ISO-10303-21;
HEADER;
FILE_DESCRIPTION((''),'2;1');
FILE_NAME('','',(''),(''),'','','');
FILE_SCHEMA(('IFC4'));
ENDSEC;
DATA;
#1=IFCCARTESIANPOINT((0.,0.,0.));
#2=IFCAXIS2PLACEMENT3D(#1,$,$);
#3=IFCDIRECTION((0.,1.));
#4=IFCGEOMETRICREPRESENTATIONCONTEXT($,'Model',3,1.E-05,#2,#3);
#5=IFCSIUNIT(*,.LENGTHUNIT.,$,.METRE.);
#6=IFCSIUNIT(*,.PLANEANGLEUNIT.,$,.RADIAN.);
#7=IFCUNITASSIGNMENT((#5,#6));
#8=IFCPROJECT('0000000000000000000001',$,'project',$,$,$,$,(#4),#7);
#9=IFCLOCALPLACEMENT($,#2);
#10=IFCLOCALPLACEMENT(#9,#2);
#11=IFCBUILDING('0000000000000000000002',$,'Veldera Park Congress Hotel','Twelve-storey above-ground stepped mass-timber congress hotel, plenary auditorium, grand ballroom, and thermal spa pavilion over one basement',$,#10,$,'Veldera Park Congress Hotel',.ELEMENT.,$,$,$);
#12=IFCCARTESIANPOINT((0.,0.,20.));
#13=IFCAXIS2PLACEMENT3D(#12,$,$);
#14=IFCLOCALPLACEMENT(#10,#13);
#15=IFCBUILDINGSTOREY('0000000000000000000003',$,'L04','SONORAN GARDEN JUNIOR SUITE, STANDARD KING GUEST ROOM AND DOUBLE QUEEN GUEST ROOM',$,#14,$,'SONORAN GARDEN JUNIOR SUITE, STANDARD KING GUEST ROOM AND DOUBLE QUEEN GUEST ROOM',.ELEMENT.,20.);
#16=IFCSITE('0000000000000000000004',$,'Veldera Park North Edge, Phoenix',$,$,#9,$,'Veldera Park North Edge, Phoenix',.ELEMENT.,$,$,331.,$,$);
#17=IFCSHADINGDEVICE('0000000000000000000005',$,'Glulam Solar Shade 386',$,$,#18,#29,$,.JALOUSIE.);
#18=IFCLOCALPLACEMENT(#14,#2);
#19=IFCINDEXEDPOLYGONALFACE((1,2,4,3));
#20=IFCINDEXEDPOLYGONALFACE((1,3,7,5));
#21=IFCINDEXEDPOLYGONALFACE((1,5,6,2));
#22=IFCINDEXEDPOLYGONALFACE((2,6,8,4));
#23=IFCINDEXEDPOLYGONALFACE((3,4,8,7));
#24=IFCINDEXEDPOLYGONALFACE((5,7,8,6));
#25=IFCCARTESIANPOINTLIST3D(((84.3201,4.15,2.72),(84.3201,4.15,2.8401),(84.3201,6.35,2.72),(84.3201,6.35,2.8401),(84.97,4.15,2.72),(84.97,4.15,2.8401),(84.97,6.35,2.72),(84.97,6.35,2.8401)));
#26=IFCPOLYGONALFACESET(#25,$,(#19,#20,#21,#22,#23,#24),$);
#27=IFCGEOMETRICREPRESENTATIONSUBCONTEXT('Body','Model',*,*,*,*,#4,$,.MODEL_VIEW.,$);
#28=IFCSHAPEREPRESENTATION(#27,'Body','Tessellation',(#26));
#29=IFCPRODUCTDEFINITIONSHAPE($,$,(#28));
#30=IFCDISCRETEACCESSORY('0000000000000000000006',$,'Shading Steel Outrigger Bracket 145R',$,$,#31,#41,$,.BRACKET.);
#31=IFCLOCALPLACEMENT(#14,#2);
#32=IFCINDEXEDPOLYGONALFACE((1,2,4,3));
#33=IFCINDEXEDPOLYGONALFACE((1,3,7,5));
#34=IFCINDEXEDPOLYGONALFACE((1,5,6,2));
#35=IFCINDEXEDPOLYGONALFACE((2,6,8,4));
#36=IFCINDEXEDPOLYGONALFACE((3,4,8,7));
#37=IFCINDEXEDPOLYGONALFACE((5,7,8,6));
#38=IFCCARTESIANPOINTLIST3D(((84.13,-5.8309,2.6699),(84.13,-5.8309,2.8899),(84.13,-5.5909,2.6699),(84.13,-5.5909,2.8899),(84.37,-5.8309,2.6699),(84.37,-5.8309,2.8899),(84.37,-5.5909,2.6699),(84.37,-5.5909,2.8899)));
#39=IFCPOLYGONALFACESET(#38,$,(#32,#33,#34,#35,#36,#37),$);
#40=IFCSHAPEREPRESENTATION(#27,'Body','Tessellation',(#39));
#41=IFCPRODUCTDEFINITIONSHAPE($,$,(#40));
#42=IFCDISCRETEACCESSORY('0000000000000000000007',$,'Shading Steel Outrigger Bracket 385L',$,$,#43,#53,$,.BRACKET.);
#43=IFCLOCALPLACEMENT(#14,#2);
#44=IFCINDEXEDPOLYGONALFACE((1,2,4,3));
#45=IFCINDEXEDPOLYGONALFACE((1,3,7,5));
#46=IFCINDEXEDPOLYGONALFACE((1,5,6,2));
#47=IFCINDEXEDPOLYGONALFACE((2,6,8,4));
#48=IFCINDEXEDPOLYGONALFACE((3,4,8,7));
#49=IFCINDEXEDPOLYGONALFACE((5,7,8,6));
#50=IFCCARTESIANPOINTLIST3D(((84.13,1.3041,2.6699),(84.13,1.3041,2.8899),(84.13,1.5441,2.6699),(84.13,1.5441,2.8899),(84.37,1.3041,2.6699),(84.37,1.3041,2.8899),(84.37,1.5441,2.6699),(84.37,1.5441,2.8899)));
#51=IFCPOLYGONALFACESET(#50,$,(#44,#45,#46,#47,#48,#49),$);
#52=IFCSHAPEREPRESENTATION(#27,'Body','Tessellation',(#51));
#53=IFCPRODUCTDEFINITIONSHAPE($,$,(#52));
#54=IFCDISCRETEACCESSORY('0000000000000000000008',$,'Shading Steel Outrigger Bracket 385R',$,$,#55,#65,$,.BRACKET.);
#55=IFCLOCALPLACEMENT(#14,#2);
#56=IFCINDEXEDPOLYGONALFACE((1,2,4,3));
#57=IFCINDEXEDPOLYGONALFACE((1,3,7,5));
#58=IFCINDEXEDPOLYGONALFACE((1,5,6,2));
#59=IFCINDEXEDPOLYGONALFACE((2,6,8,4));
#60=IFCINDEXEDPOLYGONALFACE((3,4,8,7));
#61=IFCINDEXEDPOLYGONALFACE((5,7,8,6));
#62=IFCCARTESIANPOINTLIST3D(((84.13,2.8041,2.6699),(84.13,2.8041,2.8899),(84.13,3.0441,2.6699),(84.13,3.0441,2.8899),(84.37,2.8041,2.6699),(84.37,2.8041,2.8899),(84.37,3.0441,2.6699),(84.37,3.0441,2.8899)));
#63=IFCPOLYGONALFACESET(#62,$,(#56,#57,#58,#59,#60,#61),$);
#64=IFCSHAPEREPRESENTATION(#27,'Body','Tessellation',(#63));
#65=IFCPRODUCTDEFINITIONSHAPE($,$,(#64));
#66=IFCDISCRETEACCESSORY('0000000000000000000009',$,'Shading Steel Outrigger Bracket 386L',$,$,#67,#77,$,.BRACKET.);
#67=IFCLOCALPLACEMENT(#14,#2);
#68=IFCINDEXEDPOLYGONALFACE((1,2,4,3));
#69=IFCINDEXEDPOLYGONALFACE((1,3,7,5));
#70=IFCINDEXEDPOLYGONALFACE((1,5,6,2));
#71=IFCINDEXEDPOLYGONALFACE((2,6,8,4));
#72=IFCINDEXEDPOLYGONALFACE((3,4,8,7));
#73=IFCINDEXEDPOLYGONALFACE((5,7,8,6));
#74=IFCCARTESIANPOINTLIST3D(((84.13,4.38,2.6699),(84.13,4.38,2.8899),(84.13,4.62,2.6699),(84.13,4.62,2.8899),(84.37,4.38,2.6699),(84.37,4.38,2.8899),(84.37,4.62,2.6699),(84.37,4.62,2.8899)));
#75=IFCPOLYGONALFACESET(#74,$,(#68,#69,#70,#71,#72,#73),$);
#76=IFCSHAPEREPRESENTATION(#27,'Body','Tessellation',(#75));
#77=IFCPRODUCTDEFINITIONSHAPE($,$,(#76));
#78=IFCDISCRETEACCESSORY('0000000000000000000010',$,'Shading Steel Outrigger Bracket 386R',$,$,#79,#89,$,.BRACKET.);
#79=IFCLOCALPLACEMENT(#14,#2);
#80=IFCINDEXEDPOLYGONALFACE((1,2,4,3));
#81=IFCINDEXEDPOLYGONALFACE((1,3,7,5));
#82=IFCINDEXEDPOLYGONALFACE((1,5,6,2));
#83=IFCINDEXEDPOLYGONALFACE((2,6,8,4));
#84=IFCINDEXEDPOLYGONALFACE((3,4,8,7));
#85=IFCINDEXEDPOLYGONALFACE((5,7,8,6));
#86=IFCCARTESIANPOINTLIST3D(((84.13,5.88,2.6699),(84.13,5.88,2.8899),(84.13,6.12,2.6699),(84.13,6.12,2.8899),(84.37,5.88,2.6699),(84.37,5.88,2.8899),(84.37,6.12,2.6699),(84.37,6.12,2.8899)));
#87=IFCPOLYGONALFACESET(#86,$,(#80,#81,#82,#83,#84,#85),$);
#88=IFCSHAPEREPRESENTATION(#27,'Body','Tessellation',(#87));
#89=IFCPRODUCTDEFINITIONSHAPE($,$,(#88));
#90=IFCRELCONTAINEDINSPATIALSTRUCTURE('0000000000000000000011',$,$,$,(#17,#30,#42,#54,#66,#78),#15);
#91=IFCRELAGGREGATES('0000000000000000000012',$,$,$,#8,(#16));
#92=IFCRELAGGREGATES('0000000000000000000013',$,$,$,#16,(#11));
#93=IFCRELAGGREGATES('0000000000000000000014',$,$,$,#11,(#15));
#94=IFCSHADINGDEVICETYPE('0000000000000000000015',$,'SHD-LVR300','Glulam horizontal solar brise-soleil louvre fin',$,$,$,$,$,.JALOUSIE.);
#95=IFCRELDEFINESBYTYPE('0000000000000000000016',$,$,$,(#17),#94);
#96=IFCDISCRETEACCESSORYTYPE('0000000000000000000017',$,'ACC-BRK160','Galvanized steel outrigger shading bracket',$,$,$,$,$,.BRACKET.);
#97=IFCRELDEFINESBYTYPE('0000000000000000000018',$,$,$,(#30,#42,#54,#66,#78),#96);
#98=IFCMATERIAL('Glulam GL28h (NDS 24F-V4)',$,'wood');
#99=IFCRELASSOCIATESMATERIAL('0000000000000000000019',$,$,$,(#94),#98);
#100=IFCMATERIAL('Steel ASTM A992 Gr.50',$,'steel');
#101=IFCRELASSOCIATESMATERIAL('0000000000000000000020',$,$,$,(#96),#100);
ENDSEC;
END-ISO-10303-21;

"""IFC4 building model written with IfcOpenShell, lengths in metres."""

from ifc_helpers import new_model, si_unit, direction, frame, origin, origin_2d, place, context, subcontext, project, spatial, rectangle, extrude, material, type_object, element, save


model = new_model("IFC4")

# Units and contexts
model_context = context("Model", 3, precision=1e-05, world=origin(), true_north=direction((0.0, 1.0)))
body_context = subcontext(model_context, "Body", "Model", "MODEL_VIEW")
ifc_project = project(units=[si_unit("LENGTHUNIT", "METRE"), si_unit("PLANEANGLEUNIT", "RADIAN")], contexts=[model_context])

# Site, building, storey
site_placement = place(None, origin())
site = spatial("IfcSite", under=ifc_project, at=site_placement, Name="Veldera Park North Edge, Phoenix", LongName="Veldera Park North Edge, Phoenix", CompositionType="ELEMENT", RefElevation=331.0)
building_placement = place(site_placement, origin())
building = spatial("IfcBuilding", under=site, at=building_placement, Name="Veldera Park Congress Hotel", Description="Twelve-storey above-ground stepped mass-timber congress hotel, plenary auditorium, grand ballroom, and thermal spa pavilion over one basement", LongName="Veldera Park Congress Hotel", CompositionType="ELEMENT")
storey_placement = place(building_placement, frame((0.0, 0.0, 20.0)))
storey = spatial("IfcBuildingStorey", under=building, at=storey_placement, Name="L04", Description="SONORAN GARDEN JUNIOR SUITE, STANDARD KING GUEST ROOM AND DOUBLE QUEEN GUEST ROOM", LongName="SONORAN GARDEN JUNIOR SUITE, STANDARD KING GUEST ROOM AND DOUBLE QUEEN GUEST ROOM", CompositionType="ELEMENT", Elevation=20.0)

# Shared definitions
ifc_material_1 = material(Name="Glulam GL28h (NDS 24F-V4)", Category="wood")

# Shared definitions
ifc_material_2 = material(Name="Steel ASTM A992 Gr.50", Category="steel")

# Shading device
shading_device_type = type_object("IfcShadingDeviceType", Name="SHD-LVR300", Description="Glulam horizontal solar brise-soleil louvre fin", PredefinedType="JALOUSIE", material=ifc_material_1)
for number, where, z_axis, x_axis, name in (
    (1, (84.645, 5.25, 2.72), (0.0, 0.0, 1.0), (0.0, 1.0, 0.0), "Glulam Solar Shade 386"),
):
    element("IfcShadingDevice", number, at=place(storey_placement, frame(where, z_axis=z_axis, x_axis=x_axis)), inside=storey, type_object=shading_device_type, Name=name, PredefinedType="JALOUSIE", context=body_context, shape_type="SweptSolid", body=[
        extrude(rectangle(XDim=2.2, YDim=0.6499, at=origin_2d()), origin(), (0.0, 0.0, 1.0), 0.1201),
    ])

# Discrete accessories
discrete_accessory_type = type_object("IfcDiscreteAccessoryType", Name="ACC-BRK160", Description="Galvanized steel outrigger shading bracket", PredefinedType="BRACKET", material=ifc_material_2)
for number, where, z_axis, x_axis, name in (
    (2, (84.25, -5.7109, 2.6699), (0.0, 0.0, 1.0), (0.0, 1.0, 0.0), "Shading Steel Outrigger Bracket 145R"),
    (3, (84.25, 1.4241, 2.6699), (0.0, 0.0, 1.0), (0.0, 1.0, 0.0), "Shading Steel Outrigger Bracket 385L"),
    (4, (84.25, 2.9241, 2.6699), (0.0, 0.0, 1.0), (0.0, 1.0, 0.0), "Shading Steel Outrigger Bracket 385R"),
    (5, (84.25, 4.5, 2.6699), (0.0, 0.0, 1.0), (0.0, 1.0, 0.0), "Shading Steel Outrigger Bracket 386L"),
    (6, (84.25, 6.0, 2.6699), (0.0, 0.0, 1.0), (0.0, 1.0, 0.0), "Shading Steel Outrigger Bracket 386R"),
):
    element("IfcDiscreteAccessory", number, at=place(storey_placement, frame(where, z_axis=z_axis, x_axis=x_axis)), inside=storey, type_object=discrete_accessory_type, Name=name, PredefinedType="BRACKET", context=body_context, shape_type="SweptSolid", body=[
        extrude(rectangle(XDim=0.24, YDim=0.24, at=origin_2d()), origin(), (0.0, 0.0, 1.0), 0.22),
    ])

save(model, "model.ifc")
